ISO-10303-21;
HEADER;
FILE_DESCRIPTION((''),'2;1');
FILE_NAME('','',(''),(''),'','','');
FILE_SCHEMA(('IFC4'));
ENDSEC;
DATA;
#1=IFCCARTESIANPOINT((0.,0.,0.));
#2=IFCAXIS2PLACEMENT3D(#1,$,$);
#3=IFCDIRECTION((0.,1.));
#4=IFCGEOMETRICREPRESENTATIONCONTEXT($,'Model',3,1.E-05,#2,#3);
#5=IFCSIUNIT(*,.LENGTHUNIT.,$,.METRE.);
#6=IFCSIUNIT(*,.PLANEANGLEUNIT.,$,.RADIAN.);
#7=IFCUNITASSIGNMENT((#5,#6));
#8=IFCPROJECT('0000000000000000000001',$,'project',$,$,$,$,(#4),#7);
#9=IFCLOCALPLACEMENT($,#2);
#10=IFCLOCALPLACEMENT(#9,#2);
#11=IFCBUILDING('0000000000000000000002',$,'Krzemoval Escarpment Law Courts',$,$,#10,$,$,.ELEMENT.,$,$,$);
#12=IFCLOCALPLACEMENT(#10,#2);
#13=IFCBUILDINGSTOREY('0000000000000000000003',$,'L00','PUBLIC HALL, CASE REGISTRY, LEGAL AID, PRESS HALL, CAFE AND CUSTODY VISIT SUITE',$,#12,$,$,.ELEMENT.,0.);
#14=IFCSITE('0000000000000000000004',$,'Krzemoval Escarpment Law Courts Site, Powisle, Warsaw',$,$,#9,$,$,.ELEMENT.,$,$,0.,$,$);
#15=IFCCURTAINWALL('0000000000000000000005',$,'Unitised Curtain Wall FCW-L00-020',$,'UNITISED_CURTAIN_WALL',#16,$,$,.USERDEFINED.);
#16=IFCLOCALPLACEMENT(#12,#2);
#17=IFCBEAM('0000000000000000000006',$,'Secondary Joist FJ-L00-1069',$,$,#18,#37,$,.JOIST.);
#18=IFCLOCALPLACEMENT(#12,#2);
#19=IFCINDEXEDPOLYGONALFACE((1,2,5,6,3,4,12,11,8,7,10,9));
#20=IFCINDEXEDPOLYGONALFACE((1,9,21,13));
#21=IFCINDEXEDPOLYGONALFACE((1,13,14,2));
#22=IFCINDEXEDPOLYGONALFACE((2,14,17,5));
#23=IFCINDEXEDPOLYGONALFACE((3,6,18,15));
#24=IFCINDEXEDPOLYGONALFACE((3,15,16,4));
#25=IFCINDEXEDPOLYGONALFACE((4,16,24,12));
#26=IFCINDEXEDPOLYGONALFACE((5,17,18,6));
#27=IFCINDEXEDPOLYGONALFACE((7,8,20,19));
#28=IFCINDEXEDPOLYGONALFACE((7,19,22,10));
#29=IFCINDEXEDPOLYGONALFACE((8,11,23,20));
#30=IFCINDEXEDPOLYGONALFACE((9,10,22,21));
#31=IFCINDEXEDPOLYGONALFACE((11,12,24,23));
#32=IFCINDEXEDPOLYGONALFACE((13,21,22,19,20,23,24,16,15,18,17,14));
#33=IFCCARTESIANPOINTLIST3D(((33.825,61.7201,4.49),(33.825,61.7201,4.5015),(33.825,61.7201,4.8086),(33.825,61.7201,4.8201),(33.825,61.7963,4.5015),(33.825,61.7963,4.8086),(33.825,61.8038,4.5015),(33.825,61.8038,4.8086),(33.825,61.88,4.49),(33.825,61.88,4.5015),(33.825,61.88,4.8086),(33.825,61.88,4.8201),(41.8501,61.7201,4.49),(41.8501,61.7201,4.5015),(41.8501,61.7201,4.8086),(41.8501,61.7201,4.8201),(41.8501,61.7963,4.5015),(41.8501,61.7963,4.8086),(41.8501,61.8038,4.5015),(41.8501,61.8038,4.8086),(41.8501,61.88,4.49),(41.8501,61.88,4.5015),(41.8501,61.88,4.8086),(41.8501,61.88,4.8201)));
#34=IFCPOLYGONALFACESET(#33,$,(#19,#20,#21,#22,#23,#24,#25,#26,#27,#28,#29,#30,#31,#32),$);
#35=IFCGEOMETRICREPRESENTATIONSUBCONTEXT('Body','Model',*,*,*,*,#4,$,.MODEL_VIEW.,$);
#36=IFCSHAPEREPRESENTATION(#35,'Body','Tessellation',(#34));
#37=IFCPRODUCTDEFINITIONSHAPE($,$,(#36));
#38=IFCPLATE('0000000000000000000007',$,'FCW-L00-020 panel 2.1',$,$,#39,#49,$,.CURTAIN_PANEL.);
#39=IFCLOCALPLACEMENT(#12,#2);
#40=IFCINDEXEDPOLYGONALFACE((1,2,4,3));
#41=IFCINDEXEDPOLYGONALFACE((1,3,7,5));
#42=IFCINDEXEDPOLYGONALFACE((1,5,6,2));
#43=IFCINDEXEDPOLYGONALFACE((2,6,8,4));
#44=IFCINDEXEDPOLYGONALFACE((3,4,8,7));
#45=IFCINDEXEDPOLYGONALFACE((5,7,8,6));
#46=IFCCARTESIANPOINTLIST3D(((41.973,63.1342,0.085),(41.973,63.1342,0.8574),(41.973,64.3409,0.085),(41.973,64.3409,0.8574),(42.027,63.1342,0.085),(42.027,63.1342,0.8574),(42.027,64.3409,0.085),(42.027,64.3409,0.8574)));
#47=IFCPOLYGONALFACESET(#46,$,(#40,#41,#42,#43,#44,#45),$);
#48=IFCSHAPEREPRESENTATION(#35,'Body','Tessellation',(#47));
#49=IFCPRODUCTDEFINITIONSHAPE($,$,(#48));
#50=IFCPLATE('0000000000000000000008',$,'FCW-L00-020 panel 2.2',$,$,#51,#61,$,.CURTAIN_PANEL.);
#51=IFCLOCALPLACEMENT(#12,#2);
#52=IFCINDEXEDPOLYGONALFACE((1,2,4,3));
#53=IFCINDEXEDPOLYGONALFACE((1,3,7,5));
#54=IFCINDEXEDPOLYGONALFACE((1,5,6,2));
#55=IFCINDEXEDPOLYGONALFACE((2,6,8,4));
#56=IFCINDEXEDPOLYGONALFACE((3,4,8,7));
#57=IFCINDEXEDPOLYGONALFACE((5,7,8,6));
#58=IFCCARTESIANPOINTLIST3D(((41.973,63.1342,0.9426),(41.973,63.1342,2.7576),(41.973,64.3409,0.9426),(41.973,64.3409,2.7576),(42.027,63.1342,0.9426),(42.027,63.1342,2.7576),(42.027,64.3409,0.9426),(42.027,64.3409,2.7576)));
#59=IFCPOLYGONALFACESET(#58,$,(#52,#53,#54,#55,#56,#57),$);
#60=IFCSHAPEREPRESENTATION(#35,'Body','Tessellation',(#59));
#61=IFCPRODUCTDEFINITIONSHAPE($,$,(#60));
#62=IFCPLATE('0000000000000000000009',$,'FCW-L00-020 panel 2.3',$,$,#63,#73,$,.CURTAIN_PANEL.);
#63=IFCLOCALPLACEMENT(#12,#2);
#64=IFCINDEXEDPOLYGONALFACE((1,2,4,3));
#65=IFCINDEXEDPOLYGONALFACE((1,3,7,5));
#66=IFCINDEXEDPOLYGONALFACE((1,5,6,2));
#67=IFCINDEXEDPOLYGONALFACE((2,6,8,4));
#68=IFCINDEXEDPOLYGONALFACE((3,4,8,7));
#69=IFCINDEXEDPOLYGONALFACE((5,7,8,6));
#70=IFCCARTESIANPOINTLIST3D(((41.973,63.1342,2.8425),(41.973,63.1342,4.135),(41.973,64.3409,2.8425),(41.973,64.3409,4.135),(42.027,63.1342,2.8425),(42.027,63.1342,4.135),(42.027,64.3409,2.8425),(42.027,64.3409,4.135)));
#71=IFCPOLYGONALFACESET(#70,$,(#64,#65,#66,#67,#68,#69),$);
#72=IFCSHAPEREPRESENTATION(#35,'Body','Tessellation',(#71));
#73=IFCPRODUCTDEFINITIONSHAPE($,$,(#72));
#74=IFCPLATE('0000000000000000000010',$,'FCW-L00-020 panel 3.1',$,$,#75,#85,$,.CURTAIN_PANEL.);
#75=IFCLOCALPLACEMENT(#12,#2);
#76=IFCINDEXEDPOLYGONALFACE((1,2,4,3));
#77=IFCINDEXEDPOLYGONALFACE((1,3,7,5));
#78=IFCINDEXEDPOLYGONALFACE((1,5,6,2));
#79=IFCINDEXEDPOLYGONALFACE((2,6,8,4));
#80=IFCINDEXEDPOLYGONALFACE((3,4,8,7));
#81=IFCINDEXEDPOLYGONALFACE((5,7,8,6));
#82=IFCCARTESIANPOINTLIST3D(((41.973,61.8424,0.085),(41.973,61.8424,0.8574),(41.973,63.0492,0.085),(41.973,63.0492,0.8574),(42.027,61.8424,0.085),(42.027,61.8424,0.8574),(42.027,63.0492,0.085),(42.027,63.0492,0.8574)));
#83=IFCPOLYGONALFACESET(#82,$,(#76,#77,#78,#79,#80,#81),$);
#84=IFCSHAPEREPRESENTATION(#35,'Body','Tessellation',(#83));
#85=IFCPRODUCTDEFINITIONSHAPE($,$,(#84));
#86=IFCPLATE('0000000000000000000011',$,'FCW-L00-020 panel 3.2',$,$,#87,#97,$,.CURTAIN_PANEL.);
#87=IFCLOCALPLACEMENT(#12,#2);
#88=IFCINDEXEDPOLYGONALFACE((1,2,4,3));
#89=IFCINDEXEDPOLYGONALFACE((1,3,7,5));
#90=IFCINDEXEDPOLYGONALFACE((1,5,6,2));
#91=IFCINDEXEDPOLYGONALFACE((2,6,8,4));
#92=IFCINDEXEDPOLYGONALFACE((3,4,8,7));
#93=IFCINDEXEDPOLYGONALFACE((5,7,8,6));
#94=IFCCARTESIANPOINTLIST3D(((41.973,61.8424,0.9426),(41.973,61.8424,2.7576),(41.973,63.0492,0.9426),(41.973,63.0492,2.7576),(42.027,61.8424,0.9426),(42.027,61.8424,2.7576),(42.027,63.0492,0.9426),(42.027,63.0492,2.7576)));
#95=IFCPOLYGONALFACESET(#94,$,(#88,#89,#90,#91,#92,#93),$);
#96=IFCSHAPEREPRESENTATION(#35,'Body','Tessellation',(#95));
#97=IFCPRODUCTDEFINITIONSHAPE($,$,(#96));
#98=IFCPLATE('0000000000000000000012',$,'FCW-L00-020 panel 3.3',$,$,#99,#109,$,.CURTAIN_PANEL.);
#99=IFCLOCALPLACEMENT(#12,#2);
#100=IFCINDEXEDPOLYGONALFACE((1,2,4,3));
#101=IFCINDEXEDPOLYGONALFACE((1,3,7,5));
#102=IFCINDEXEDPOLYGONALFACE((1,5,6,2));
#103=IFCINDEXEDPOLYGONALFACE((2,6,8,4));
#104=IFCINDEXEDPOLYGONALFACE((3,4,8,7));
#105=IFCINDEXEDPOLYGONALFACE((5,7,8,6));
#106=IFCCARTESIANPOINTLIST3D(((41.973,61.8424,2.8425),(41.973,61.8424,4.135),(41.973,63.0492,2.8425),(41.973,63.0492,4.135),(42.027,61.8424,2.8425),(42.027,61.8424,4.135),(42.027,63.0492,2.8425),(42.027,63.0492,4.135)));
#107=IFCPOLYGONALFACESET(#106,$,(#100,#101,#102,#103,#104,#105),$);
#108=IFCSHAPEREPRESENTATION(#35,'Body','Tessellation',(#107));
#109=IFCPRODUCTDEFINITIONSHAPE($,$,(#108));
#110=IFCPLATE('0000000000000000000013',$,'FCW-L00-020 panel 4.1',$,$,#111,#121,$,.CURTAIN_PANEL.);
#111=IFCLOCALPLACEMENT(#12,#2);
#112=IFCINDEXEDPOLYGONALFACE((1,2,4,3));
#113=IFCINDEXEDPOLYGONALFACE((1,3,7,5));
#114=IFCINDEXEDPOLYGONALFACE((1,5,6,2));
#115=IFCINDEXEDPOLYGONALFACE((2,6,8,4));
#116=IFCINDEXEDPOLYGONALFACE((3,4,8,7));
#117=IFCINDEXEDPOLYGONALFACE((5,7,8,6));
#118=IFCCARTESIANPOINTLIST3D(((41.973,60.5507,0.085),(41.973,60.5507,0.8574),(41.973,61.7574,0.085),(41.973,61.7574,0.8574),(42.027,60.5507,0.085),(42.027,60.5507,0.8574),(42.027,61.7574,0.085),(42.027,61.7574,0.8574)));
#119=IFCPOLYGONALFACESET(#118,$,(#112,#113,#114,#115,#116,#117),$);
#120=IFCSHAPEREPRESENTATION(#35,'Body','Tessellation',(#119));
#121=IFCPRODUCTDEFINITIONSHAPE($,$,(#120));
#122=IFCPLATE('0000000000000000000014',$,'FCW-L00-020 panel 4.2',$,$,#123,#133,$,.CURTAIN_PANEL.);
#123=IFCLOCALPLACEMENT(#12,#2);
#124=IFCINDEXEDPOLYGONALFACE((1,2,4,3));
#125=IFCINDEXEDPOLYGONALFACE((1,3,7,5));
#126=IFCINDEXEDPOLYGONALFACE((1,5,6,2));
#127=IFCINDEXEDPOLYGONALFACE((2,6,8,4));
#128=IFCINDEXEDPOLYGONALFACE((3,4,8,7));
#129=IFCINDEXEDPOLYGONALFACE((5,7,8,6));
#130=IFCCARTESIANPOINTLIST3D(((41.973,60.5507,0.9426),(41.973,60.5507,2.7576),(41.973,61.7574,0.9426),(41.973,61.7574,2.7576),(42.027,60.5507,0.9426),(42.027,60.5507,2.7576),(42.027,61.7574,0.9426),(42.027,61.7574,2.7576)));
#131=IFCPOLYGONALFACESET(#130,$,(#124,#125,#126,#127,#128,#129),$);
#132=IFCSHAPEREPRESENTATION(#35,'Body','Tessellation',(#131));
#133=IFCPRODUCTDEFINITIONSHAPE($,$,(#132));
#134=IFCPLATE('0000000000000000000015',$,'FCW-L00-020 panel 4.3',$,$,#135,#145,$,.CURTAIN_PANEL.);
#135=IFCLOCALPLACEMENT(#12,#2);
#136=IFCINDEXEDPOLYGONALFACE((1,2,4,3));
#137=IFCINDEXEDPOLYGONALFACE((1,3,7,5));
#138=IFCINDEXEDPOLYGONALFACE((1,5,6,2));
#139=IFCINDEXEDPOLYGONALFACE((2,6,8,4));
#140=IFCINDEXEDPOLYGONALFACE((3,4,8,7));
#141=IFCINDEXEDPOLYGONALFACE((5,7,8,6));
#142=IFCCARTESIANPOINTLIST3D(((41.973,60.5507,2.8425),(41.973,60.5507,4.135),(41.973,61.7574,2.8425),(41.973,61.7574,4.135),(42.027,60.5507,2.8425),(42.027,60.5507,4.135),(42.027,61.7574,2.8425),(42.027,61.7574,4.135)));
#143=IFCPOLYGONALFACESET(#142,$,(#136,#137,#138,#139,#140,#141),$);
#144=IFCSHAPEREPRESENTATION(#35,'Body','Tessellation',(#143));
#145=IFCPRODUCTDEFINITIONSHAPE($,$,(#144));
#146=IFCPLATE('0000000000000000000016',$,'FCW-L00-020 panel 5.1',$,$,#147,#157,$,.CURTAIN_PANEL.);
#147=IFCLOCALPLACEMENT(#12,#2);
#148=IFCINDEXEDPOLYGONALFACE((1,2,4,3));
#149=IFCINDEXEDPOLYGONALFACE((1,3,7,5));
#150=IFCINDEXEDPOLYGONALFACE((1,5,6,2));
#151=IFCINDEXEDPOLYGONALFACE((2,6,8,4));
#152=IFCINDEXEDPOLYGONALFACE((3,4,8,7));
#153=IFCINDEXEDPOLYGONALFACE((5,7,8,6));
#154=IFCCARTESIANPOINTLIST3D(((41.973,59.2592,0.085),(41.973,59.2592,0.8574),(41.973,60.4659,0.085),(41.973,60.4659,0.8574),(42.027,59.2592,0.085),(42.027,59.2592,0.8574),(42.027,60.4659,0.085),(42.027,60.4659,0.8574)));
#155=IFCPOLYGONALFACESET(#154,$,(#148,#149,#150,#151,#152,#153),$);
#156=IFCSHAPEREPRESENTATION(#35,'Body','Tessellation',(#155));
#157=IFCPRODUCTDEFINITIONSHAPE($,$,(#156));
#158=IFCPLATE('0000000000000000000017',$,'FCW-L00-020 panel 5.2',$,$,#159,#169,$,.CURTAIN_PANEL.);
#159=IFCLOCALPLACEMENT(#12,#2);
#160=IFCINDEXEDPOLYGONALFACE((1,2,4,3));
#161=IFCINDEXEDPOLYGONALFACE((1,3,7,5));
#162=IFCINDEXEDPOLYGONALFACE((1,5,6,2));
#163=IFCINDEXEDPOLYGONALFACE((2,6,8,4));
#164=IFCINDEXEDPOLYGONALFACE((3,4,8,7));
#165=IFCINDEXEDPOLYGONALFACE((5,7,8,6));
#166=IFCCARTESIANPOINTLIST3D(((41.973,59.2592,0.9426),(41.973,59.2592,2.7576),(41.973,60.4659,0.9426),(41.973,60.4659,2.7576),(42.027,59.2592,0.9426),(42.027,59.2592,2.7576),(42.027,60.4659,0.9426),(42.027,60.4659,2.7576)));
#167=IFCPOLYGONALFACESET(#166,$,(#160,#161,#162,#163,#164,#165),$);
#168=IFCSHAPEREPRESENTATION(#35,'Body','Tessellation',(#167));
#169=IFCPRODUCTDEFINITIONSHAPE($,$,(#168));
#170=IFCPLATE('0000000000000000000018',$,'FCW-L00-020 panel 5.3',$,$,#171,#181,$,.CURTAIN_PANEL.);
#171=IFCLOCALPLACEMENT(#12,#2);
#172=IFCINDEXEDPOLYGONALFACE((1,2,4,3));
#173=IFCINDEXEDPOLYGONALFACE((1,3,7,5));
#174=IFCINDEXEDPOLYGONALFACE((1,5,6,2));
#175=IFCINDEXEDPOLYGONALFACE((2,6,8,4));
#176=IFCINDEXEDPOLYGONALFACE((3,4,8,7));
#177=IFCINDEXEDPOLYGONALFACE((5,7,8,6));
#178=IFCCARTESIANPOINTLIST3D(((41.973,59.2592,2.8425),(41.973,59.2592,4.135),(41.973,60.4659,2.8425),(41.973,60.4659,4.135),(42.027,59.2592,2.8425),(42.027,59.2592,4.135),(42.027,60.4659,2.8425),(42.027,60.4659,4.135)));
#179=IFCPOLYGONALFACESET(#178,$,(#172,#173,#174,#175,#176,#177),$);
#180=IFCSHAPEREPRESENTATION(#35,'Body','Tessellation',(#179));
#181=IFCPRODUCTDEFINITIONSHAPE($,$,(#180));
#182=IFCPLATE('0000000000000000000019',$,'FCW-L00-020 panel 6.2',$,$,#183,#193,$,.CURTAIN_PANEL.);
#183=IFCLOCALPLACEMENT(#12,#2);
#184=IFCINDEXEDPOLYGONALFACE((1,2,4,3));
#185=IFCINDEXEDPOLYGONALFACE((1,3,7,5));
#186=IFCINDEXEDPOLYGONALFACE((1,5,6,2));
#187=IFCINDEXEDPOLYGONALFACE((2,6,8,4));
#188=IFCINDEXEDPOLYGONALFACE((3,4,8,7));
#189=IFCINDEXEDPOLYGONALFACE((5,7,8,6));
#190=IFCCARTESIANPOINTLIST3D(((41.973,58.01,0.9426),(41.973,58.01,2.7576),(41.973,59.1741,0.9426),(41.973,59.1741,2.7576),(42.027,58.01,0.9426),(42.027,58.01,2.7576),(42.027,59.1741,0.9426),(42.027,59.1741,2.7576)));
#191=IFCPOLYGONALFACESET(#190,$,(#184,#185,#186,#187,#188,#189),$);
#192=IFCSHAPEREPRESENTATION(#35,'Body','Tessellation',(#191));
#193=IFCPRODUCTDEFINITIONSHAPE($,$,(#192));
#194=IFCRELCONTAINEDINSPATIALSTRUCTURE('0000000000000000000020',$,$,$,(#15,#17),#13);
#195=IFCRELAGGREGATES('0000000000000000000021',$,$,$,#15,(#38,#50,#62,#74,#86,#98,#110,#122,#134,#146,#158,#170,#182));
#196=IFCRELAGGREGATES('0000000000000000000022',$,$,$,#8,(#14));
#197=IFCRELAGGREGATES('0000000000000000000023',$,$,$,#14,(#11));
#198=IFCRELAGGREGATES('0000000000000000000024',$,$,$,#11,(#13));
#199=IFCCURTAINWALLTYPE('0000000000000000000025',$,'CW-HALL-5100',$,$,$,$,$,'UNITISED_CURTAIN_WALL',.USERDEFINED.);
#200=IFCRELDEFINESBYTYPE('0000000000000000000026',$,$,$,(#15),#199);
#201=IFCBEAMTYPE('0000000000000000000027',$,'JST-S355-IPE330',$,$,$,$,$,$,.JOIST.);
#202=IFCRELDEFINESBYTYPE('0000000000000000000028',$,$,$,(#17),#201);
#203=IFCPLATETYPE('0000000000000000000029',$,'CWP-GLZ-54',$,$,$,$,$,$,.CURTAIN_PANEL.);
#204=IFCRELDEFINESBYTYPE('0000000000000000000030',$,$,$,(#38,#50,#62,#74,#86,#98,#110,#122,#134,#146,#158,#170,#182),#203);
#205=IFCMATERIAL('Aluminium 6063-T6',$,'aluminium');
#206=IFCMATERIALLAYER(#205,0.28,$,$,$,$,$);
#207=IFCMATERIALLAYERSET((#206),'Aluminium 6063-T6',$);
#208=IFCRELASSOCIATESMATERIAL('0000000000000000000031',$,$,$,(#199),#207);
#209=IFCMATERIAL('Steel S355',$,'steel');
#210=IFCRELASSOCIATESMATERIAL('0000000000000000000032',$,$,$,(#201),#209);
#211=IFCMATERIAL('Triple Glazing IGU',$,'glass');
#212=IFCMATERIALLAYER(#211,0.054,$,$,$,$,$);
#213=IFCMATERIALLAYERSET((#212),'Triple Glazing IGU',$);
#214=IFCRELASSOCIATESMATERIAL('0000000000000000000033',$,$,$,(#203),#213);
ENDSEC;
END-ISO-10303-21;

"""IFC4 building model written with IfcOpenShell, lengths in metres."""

from ifc_helpers import new_model, si_unit, direction, frame, origin, origin_2d, place, context, subcontext, project, spatial, rectangle, i_section, extrude, material, layer, layer_set, material_profile, profile_set, type_object, element, aggregate, save


model = new_model("IFC4")

# Units and contexts
model_context = context("Model", 3, precision=1e-05, world=origin(), true_north=direction((0.0, 1.0)))
body_context = subcontext(model_context, "Body", "Model", "MODEL_VIEW")
ifc_project = project(units=[si_unit("LENGTHUNIT", "METRE"), si_unit("PLANEANGLEUNIT", "RADIAN")], contexts=[model_context])

# Site, building, storey
site_placement = place(None, origin())
site = spatial("IfcSite", under=ifc_project, at=site_placement, Name="Krzemoval Escarpment Law Courts Site, Powisle, Warsaw", CompositionType="ELEMENT", RefElevation=0.0)
building_placement = place(site_placement, origin())
building = spatial("IfcBuilding", under=site, at=building_placement, Name="Krzemoval Escarpment Law Courts", CompositionType="ELEMENT")
storey_placement = place(building_placement, origin())
storey = spatial("IfcBuildingStorey", under=building, at=storey_placement, Name="L00", Description="PUBLIC HALL, CASE REGISTRY, LEGAL AID, PRESS HALL, CAFE AND CUSTODY VISIT SUITE", CompositionType="ELEMENT", Elevation=0.0)

# Curtain wall
ifc_material_1 = material(Name="Aluminium 6063-T6", Category="aluminium")
ifc_layer_1 = layer(ifc_material_1, 0.28)
ifc_layer_set_1 = layer_set([ifc_layer_1], Name="Aluminium 6063-T6")
curtain_wall_type = type_object("IfcCurtainWallType", Name="CW-HALL-5100", ElementType="UNITISED_CURTAIN_WALL", PredefinedType="USERDEFINED", material=ifc_layer_set_1)
curtain_wall_placement = place(storey_placement, origin())
curtain_wall = element("IfcCurtainWall", 1, at=curtain_wall_placement, inside=storey, type_object=curtain_wall_type, Name="Unitised Curtain Wall FCW-L00-020", ObjectType="UNITISED_CURTAIN_WALL", PredefinedType="USERDEFINED")

# Beam
ifc_material_2 = material(Name="Steel S355", Category="steel")
ifc_material_profile_1 = material_profile(ifc_material_2, i_section(OverallWidth=0.1599, OverallDepth=0.3301, WebThickness=0.0076, FlangeThickness=0.0115, at=origin_2d()), Name="IPE 330")
ifc_profile_set_1 = profile_set([ifc_material_profile_1], Name="Steel S355")
beam_type = type_object("IfcBeamType", Name="JST-S355-IPE330", PredefinedType="JOIST", material=ifc_profile_set_1)
beam_placement = place(storey_placement, frame((33.825, 61.8, 4.655), z_axis=(1.0, 0.0, 0.0), x_axis=(0.0, 1.0, 0.0)))
element("IfcBeam", 2, at=beam_placement, inside=storey, type_object=beam_type, Name="Secondary Joist FJ-L00-1069", PredefinedType="JOIST", context=body_context, shape_type="SweptSolid", body=[
    extrude(i_section(OverallWidth=0.1599, OverallDepth=0.3301, WebThickness=0.0076, FlangeThickness=0.0115, at=origin_2d()), origin(), (0.0, 0.0, 1.0), 8.0251),
])

# Plates
ifc_material_3 = material(Name="Triple Glazing IGU", Category="glass")
ifc_layer_2 = layer(ifc_material_3, 0.054)
ifc_layer_set_2 = layer_set([ifc_layer_2], Name="Triple Glazing IGU")
plate_type = type_object("IfcPlateType", Name="CWP-GLZ-54", PredefinedType="CURTAIN_PANEL", material=ifc_layer_set_2)
plate_1_placement = place(storey_placement, frame((42.0, 63.7375, 0.085), z_axis=(0.0, 0.0, 1.0), x_axis=(0.0, -1.0, 0.0)))
plate_1 = element("IfcPlate", 3, at=plate_1_placement, type_object=plate_type, Name="FCW-L00-020 panel 2.1", PredefinedType="CURTAIN_PANEL", context=body_context, shape_type="SweptSolid", body=[
    extrude(rectangle(XDim=1.2068, YDim=0.054, at=origin_2d()), origin(), (0.0, 0.0, 1.0), 0.7725),
])
plate_2_placement = place(storey_placement, frame((42.0, 63.7375, 0.9426), z_axis=(0.0, 0.0, 1.0), x_axis=(0.0, -1.0, 0.0)))
plate_2 = element("IfcPlate", 4, at=plate_2_placement, type_object=plate_type, Name="FCW-L00-020 panel 2.2", PredefinedType="CURTAIN_PANEL", context=body_context, shape_type="SweptSolid", body=[
    extrude(rectangle(XDim=1.2068, YDim=0.054, at=origin_2d()), origin(), (0.0, 0.0, 1.0), 1.8149),
])
plate_3_placement = place(storey_placement, frame((42.0, 63.7375, 2.8425), z_axis=(0.0, 0.0, 1.0), x_axis=(0.0, -1.0, 0.0)))
plate_3 = element("IfcPlate", 5, at=plate_3_placement, type_object=plate_type, Name="FCW-L00-020 panel 2.3", PredefinedType="CURTAIN_PANEL", context=body_context, shape_type="SweptSolid", body=[
    extrude(rectangle(XDim=1.2068, YDim=0.054, at=origin_2d()), origin(), (0.0, 0.0, 1.0), 1.2925),
])
plate_4_placement = place(storey_placement, frame((42.0, 62.4458, 0.085), z_axis=(0.0, 0.0, 1.0), x_axis=(0.0, -1.0, 0.0)))
plate_4 = element("IfcPlate", 6, at=plate_4_placement, type_object=plate_type, Name="FCW-L00-020 panel 3.1", PredefinedType="CURTAIN_PANEL", context=body_context, shape_type="SweptSolid", body=[
    extrude(rectangle(XDim=1.2068, YDim=0.054, at=origin_2d()), origin(), (0.0, 0.0, 1.0), 0.7725),
])
plate_5_placement = place(storey_placement, frame((42.0, 62.4458, 0.9426), z_axis=(0.0, 0.0, 1.0), x_axis=(0.0, -1.0, 0.0)))
plate_5 = element("IfcPlate", 7, at=plate_5_placement, type_object=plate_type, Name="FCW-L00-020 panel 3.2", PredefinedType="CURTAIN_PANEL", context=body_context, shape_type="SweptSolid", body=[
    extrude(rectangle(XDim=1.2068, YDim=0.054, at=origin_2d()), origin(), (0.0, 0.0, 1.0), 1.8149),
])
plate_6_placement = place(storey_placement, frame((42.0, 62.4458, 2.8425), z_axis=(0.0, 0.0, 1.0), x_axis=(0.0, -1.0, 0.0)))
plate_6 = element("IfcPlate", 8, at=plate_6_placement, type_object=plate_type, Name="FCW-L00-020 panel 3.3", PredefinedType="CURTAIN_PANEL", context=body_context, shape_type="SweptSolid", body=[
    extrude(rectangle(XDim=1.2068, YDim=0.054, at=origin_2d()), origin(), (0.0, 0.0, 1.0), 1.2925),
])
plate_7_placement = place(storey_placement, frame((42.0, 61.1541, 0.085), z_axis=(0.0, 0.0, 1.0), x_axis=(0.0, -1.0, 0.0)))
plate_7 = element("IfcPlate", 9, at=plate_7_placement, type_object=plate_type, Name="FCW-L00-020 panel 4.1", PredefinedType="CURTAIN_PANEL", context=body_context, shape_type="SweptSolid", body=[
    extrude(rectangle(XDim=1.2068, YDim=0.054, at=origin_2d()), origin(), (0.0, 0.0, 1.0), 0.7725),
])
plate_8_placement = place(storey_placement, frame((42.0, 61.1541, 0.9426), z_axis=(0.0, 0.0, 1.0), x_axis=(0.0, -1.0, 0.0)))
plate_8 = element("IfcPlate", 10, at=plate_8_placement, type_object=plate_type, Name="FCW-L00-020 panel 4.2", PredefinedType="CURTAIN_PANEL", context=body_context, shape_type="SweptSolid", body=[
    extrude(rectangle(XDim=1.2068, YDim=0.054, at=origin_2d()), origin(), (0.0, 0.0, 1.0), 1.8149),
])
plate_9_placement = place(storey_placement, frame((42.0, 61.1541, 2.8425), z_axis=(0.0, 0.0, 1.0), x_axis=(0.0, -1.0, 0.0)))
plate_9 = element("IfcPlate", 11, at=plate_9_placement, type_object=plate_type, Name="FCW-L00-020 panel 4.3", PredefinedType="CURTAIN_PANEL", context=body_context, shape_type="SweptSolid", body=[
    extrude(rectangle(XDim=1.2068, YDim=0.054, at=origin_2d()), origin(), (0.0, 0.0, 1.0), 1.2925),
])
plate_10_placement = place(storey_placement, frame((42.0, 59.8625, 0.085), z_axis=(0.0, 0.0, 1.0), x_axis=(0.0, -1.0, 0.0)))
plate_10 = element("IfcPlate", 12, at=plate_10_placement, type_object=plate_type, Name="FCW-L00-020 panel 5.1", PredefinedType="CURTAIN_PANEL", context=body_context, shape_type="SweptSolid", body=[
    extrude(rectangle(XDim=1.2068, YDim=0.054, at=origin_2d()), origin(), (0.0, 0.0, 1.0), 0.7725),
])
plate_11_placement = place(storey_placement, frame((42.0, 59.8625, 0.9426), z_axis=(0.0, 0.0, 1.0), x_axis=(0.0, -1.0, 0.0)))
plate_11 = element("IfcPlate", 13, at=plate_11_placement, type_object=plate_type, Name="FCW-L00-020 panel 5.2", PredefinedType="CURTAIN_PANEL", context=body_context, shape_type="SweptSolid", body=[
    extrude(rectangle(XDim=1.2068, YDim=0.054, at=origin_2d()), origin(), (0.0, 0.0, 1.0), 1.8149),
])
plate_12_placement = place(storey_placement, frame((42.0, 59.8625, 2.8425), z_axis=(0.0, 0.0, 1.0), x_axis=(0.0, -1.0, 0.0)))
plate_12 = element("IfcPlate", 14, at=plate_12_placement, type_object=plate_type, Name="FCW-L00-020 panel 5.3", PredefinedType="CURTAIN_PANEL", context=body_context, shape_type="SweptSolid", body=[
    extrude(rectangle(XDim=1.2068, YDim=0.054, at=origin_2d()), origin(), (0.0, 0.0, 1.0), 1.2925),
])
plate_13_placement = place(storey_placement, frame((42.0, 58.592, 0.9426), z_axis=(0.0, 0.0, 1.0), x_axis=(0.0, -1.0, 0.0)))
plate_13 = element("IfcPlate", 15, at=plate_13_placement, type_object=plate_type, Name="FCW-L00-020 panel 6.2", PredefinedType="CURTAIN_PANEL", context=body_context, shape_type="SweptSolid", body=[
    extrude(rectangle(XDim=1.1641, YDim=0.054, at=origin_2d()), origin(), (0.0, 0.0, 1.0), 1.8149),
])
aggregate(curtain_wall, [plate_1, plate_2, plate_3, plate_4, plate_5, plate_6, plate_7, plate_8, plate_9, plate_10, plate_11, plate_12, plate_13])

save(model, "model.ifc")
